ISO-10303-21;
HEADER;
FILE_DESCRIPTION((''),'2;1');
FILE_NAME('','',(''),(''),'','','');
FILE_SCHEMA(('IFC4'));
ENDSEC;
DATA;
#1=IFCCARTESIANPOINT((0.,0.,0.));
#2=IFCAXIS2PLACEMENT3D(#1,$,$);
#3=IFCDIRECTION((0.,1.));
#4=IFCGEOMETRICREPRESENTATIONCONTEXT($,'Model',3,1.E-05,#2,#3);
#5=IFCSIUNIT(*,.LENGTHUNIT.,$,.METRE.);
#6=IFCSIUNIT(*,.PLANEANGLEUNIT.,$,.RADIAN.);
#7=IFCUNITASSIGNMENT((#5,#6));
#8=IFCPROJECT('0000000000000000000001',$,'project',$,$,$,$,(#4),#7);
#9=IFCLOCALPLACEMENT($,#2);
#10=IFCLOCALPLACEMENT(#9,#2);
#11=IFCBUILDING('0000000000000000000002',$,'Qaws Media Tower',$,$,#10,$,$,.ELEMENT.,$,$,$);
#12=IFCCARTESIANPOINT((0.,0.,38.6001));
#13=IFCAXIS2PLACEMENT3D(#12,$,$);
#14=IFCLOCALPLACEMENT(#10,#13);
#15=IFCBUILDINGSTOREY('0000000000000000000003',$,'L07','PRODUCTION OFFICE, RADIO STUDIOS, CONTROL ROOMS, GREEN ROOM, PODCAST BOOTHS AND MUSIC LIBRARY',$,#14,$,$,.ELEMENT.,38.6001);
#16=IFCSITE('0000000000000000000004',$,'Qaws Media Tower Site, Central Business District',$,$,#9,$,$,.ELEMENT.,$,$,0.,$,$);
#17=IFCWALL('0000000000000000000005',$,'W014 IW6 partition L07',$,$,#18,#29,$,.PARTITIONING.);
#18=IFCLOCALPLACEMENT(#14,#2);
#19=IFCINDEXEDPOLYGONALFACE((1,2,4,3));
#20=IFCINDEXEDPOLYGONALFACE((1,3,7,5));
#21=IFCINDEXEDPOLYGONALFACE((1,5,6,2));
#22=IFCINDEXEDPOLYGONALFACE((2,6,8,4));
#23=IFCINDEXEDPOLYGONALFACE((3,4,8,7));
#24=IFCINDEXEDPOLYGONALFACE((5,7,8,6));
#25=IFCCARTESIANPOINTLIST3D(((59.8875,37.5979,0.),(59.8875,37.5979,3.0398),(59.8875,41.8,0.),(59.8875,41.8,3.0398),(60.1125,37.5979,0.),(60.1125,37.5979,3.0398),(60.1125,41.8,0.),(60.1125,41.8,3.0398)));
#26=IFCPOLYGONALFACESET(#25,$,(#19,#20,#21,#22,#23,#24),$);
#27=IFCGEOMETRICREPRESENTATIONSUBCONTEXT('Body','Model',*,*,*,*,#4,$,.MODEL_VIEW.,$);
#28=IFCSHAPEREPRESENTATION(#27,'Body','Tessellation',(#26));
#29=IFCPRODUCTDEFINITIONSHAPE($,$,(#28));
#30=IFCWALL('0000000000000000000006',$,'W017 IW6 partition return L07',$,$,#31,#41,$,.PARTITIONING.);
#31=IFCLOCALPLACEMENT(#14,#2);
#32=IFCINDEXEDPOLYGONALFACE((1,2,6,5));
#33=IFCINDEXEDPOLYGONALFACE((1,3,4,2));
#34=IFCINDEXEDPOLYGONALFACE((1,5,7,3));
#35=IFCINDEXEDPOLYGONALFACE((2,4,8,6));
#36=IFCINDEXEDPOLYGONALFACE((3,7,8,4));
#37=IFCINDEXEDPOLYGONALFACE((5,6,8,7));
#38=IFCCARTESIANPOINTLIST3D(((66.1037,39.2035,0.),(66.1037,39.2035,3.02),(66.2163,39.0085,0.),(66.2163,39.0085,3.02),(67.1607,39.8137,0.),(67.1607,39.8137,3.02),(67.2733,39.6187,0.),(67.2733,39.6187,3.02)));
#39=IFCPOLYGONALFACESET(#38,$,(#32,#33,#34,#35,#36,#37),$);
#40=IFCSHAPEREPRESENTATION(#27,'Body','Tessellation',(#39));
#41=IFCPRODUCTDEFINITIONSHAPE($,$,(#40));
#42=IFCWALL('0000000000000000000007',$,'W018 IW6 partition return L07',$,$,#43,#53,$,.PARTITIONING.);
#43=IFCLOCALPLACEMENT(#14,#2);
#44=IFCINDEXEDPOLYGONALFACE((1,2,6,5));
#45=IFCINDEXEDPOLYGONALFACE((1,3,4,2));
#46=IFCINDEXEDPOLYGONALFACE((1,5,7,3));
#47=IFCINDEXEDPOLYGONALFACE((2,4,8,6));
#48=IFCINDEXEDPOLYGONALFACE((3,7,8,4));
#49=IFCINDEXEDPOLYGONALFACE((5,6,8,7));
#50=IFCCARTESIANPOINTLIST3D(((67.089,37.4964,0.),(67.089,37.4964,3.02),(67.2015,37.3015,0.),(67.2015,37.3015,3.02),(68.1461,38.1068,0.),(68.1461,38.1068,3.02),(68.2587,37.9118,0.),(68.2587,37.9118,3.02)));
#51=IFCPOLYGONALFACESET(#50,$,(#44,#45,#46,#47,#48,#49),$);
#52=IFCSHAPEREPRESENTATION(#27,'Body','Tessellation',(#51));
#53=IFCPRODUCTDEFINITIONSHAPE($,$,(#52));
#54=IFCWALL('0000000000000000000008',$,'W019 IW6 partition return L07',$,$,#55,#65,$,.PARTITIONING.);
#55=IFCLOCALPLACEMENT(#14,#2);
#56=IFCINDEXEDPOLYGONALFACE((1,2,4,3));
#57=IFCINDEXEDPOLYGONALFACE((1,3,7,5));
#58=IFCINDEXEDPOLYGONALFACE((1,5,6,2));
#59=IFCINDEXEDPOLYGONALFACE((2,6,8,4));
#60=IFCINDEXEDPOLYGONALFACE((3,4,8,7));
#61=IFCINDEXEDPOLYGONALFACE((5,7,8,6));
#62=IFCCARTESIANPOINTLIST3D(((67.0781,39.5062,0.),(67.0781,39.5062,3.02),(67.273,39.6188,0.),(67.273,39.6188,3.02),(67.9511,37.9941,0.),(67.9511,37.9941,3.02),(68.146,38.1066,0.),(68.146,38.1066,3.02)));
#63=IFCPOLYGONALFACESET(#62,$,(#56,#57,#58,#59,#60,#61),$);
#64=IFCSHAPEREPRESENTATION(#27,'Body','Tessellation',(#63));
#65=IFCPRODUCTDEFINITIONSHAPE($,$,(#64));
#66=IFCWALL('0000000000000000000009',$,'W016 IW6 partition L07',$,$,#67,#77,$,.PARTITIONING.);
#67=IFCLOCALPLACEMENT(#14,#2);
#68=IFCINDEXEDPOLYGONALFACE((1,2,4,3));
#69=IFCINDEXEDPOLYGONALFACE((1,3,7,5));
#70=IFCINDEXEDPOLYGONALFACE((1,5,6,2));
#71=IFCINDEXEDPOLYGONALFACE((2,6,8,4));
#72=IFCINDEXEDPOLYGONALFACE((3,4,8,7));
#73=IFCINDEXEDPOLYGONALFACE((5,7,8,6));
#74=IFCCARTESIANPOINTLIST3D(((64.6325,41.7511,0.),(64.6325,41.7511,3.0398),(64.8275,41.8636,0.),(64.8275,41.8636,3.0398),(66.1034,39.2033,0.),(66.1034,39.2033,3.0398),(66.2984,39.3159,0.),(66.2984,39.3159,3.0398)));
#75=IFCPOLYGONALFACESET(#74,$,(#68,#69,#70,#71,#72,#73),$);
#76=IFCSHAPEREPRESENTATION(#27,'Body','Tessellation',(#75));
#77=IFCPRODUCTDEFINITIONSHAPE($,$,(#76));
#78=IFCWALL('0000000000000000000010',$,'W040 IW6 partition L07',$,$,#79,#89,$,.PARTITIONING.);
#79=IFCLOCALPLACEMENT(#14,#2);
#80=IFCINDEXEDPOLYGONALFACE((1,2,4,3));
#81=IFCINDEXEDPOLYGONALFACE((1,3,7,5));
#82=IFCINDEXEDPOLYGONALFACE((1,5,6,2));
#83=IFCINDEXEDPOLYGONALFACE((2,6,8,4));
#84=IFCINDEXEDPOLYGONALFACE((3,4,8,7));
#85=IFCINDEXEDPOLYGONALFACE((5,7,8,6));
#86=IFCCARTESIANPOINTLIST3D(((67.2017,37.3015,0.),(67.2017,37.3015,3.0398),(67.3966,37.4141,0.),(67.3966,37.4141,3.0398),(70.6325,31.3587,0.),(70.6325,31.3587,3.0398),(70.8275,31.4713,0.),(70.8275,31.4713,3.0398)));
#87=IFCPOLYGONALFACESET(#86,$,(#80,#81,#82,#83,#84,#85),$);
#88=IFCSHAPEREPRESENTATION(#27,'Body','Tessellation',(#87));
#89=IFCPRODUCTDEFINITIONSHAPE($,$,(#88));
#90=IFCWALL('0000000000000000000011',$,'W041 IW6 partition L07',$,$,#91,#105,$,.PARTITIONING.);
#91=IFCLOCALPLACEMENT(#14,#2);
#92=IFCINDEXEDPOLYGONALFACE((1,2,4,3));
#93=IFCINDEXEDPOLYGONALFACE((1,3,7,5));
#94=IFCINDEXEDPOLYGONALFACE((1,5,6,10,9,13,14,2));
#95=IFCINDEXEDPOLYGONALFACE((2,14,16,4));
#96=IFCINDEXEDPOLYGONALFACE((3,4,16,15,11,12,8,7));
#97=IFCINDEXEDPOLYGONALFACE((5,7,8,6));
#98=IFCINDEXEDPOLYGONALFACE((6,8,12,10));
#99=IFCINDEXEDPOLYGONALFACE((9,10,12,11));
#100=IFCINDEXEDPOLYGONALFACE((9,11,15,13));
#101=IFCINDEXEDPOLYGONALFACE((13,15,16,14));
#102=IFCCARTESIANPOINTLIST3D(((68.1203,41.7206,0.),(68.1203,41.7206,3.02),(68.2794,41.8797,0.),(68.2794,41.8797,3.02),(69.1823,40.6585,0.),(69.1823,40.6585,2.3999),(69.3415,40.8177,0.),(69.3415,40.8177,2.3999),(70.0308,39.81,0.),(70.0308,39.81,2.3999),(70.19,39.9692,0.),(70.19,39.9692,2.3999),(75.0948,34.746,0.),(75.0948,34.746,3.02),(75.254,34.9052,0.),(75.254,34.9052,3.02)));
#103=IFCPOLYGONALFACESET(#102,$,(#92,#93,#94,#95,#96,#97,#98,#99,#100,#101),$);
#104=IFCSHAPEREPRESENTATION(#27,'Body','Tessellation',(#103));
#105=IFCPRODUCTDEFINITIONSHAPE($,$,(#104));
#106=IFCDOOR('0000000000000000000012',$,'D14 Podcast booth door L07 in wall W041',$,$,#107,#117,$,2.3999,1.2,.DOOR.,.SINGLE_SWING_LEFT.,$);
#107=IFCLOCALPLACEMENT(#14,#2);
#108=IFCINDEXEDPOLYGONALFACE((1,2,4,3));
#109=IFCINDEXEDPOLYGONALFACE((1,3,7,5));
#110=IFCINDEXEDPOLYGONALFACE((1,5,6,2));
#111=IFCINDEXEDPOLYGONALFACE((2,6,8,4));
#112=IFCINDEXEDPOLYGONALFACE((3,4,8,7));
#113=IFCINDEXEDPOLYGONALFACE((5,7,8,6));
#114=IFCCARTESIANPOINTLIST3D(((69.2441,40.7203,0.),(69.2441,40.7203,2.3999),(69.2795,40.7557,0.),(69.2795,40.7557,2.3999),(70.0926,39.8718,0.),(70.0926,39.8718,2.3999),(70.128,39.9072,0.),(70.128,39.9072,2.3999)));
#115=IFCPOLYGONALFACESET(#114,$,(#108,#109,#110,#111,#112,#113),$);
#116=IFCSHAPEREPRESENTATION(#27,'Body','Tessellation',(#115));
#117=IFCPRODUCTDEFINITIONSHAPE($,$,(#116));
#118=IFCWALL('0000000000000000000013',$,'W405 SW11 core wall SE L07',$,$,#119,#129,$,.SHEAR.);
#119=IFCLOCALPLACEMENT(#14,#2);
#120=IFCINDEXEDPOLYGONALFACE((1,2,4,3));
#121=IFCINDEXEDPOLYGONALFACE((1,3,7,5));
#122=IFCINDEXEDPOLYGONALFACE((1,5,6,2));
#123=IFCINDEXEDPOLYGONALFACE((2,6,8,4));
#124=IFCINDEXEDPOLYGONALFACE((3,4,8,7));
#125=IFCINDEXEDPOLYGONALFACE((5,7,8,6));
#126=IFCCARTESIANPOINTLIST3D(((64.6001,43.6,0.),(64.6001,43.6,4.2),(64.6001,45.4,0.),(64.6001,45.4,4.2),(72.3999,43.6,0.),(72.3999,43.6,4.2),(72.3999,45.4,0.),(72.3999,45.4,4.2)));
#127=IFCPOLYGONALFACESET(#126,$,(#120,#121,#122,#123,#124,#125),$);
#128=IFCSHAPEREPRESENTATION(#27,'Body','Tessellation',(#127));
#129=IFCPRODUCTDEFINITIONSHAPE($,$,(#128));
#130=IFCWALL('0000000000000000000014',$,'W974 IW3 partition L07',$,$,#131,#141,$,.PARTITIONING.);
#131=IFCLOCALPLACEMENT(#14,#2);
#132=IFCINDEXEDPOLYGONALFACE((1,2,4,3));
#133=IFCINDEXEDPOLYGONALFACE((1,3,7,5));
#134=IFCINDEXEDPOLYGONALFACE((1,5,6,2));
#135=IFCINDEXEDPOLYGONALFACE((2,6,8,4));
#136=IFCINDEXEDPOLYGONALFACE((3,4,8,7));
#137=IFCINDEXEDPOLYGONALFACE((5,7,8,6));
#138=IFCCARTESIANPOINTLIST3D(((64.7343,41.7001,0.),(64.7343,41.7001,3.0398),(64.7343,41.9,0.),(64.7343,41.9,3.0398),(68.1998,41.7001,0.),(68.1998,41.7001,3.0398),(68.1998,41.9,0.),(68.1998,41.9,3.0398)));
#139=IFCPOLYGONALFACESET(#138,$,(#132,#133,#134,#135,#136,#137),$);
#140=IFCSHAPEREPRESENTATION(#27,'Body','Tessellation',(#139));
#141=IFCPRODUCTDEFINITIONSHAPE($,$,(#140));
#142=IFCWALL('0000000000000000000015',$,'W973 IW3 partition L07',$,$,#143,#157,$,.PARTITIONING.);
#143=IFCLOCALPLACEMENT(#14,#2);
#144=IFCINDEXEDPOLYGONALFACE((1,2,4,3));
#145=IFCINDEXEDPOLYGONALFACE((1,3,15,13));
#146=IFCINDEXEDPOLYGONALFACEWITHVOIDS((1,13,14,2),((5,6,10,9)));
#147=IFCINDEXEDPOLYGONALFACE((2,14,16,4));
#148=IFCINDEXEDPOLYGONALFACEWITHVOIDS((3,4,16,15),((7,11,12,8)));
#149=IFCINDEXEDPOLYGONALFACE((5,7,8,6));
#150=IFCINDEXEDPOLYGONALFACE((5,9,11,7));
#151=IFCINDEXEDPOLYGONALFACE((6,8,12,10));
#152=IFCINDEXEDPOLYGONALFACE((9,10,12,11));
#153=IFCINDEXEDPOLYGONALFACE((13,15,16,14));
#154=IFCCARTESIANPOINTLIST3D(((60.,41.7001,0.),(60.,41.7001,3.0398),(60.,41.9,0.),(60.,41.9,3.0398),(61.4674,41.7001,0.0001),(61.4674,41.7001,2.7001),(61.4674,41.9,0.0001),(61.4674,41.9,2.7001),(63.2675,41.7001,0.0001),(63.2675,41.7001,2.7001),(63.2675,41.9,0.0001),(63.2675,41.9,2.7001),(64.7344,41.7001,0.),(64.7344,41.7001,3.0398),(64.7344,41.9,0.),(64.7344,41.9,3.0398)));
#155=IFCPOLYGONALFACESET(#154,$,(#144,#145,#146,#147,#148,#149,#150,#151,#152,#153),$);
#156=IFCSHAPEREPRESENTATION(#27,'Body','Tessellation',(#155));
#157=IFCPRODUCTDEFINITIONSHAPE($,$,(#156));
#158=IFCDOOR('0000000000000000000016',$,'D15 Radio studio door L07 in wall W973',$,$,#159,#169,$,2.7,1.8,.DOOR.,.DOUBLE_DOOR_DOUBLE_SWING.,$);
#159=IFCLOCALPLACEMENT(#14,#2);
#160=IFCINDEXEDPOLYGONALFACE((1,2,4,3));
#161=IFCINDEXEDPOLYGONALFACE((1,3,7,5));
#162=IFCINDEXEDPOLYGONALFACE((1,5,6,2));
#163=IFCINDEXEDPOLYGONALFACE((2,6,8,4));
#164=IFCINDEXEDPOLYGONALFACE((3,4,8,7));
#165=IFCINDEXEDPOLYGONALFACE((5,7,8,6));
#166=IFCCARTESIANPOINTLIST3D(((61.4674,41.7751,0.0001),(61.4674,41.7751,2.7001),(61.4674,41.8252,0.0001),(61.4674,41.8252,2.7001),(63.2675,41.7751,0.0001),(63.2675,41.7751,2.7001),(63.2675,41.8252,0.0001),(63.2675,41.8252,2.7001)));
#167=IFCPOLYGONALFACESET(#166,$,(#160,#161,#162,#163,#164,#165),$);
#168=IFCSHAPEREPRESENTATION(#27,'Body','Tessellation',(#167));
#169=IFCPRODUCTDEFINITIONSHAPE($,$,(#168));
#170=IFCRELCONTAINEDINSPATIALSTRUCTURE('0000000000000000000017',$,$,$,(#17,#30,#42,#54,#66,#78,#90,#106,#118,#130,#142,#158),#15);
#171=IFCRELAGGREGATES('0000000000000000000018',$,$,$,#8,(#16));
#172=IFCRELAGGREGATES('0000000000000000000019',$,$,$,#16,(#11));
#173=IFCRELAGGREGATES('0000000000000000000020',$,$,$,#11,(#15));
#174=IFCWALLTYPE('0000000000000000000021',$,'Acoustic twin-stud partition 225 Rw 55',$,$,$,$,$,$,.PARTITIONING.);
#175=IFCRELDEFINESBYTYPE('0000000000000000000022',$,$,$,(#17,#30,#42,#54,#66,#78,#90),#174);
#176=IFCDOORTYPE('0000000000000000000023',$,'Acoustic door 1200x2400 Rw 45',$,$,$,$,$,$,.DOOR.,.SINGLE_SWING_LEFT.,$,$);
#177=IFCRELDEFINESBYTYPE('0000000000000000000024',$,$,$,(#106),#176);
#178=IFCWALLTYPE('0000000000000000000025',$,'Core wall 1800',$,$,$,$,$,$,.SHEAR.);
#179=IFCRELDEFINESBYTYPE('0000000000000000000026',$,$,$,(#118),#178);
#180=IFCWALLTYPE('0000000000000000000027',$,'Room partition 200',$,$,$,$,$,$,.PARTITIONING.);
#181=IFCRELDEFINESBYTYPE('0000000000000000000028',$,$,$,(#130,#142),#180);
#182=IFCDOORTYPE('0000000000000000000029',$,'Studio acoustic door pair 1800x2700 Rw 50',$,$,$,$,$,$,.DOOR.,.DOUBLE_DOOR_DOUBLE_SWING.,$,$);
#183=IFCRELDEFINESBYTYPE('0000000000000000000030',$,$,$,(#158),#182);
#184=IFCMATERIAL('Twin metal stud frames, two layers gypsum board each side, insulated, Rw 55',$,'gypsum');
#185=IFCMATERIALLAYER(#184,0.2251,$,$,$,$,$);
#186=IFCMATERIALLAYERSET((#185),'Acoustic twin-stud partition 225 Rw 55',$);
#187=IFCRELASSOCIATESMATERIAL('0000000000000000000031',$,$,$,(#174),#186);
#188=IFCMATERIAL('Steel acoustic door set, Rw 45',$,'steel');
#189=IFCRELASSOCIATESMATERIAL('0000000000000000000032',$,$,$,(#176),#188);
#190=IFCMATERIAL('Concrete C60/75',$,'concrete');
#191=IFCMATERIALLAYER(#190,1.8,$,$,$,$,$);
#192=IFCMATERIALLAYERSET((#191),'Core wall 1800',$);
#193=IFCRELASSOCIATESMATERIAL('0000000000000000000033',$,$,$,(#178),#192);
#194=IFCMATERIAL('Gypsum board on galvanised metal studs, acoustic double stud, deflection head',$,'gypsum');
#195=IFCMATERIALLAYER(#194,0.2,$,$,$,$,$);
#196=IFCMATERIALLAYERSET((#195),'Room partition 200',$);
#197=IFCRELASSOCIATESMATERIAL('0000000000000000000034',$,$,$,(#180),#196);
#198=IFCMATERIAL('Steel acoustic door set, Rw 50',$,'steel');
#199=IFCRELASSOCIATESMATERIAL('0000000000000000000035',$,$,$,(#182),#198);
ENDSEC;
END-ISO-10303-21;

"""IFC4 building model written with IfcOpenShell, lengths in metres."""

from ifc_helpers import new_model, si_unit, direction, frame, frame_2d, origin, place, context, subcontext, project, spatial, rectangle, extrude, material, layer, layer_set, type_object, element, fill, save


model = new_model("IFC4")

# Units and contexts
model_context = context("Model", 3, precision=1e-05, world=origin(), true_north=direction((0.0, 1.0)))
body_context = subcontext(model_context, "Body", "Model", "MODEL_VIEW")
ifc_project = project(units=[si_unit("LENGTHUNIT", "METRE"), si_unit("PLANEANGLEUNIT", "RADIAN")], contexts=[model_context])

# Site, building, storey
site_placement = place(None, origin())
site = spatial("IfcSite", under=ifc_project, at=site_placement, Name="Qaws Media Tower Site, Central Business District", CompositionType="ELEMENT", RefElevation=0.0)
building_placement = place(site_placement, origin())
building = spatial("IfcBuilding", under=site, at=building_placement, Name="Qaws Media Tower", CompositionType="ELEMENT")
storey_placement = place(building_placement, frame((0.0, 0.0, 38.6001)))
storey = spatial("IfcBuildingStorey", under=building, at=storey_placement, Name="L07", Description="PRODUCTION OFFICE, RADIO STUDIOS, CONTROL ROOMS, GREEN ROOM, PODCAST BOOTHS AND MUSIC LIBRARY", CompositionType="ELEMENT", Elevation=38.6001)

# Walls
ifc_material_1 = material(Name="Twin metal stud frames, two layers gypsum board each side, insulated, Rw 55", Category="gypsum")
ifc_layer_1 = layer(ifc_material_1, 0.2251)
ifc_layer_set_1 = layer_set([ifc_layer_1], Name="Acoustic twin-stud partition 225 Rw 55")
wall_type_1 = type_object("IfcWallType", Name="Acoustic twin-stud partition 225 Rw 55", PredefinedType="PARTITIONING", material=ifc_layer_set_1)
wall_1_placement = place(storey_placement, frame((60.0, 41.8, 0.0), z_axis=(0.0, 0.0, 1.0), x_axis=(0.0, -1.0, 0.0)))
element("IfcWall", 1, at=wall_1_placement, inside=storey, type_object=wall_type_1, Name="W014 IW6 partition L07", PredefinedType="PARTITIONING", context=body_context, shape_type="SweptSolid", body=[
    extrude(rectangle(XDim=4.2021, YDim=0.2251, at=frame_2d((2.1011, 0.0))), origin(), (0.0, 0.0, 1.0), 3.0398),
])
wall_2_placement = place(storey_placement, frame((66.1599, 39.106, 0.0), z_axis=(0.0, 0.0, 1.0), x_axis=(0.866056, 0.499948, 0.0)))
element("IfcWall", 2, at=wall_2_placement, inside=storey, type_object=wall_type_1, Name="W017 IW6 partition return L07", PredefinedType="PARTITIONING", context=body_context, shape_type="SweptSolid", body=[
    extrude(rectangle(XDim=1.2205, YDim=0.2251, at=frame_2d((0.6104, 0.0))), origin(), (0.0, 0.0, 1.0), 3.02),
])
wall_3_placement = place(storey_placement, frame((67.1453, 37.3989, 0.0), z_axis=(0.0, 0.0, 1.0), x_axis=(0.866019, 0.500011, 0.0)))
element("IfcWall", 3, at=wall_3_placement, inside=storey, type_object=wall_type_1, Name="W018 IW6 partition return L07", PredefinedType="PARTITIONING", context=body_context, shape_type="SweptSolid", body=[
    extrude(rectangle(XDim=1.2207, YDim=0.2251, at=frame_2d((0.6104, 0.0))), origin(), (0.0, 0.0, 1.0), 3.02),
])
wall_4_placement = place(storey_placement, frame((67.1755, 39.5625, 0.0), z_axis=(0.0, 0.0, 1.0), x_axis=(0.499989, -0.866032, 0.0)))
element("IfcWall", 4, at=wall_4_placement, inside=storey, type_object=wall_type_1, Name="W019 IW6 partition return L07", PredefinedType="PARTITIONING", context=body_context, shape_type="SweptSolid", body=[
    extrude(rectangle(XDim=1.7461, YDim=0.2251, at=frame_2d((0.873, 0.0))), origin(), (0.0, 0.0, 1.0), 3.02),
])
wall_5_placement = place(storey_placement, frame((64.73, 41.8074, 0.0), z_axis=(0.0, 0.0, 1.0), x_axis=(0.499986, -0.866034, 0.0)))
element("IfcWall", 5, at=wall_5_placement, inside=storey, type_object=wall_type_1, Name="W016 IW6 partition L07", PredefinedType="PARTITIONING", context=body_context, shape_type="SweptSolid", body=[
    extrude(rectangle(XDim=2.9419, YDim=0.2251, at=frame_2d((1.4709, 0.0))), origin(), (0.0, 0.0, 1.0), 3.0398),
])
wall_6_placement = place(storey_placement, frame((67.2991, 37.3579, 0.0), z_axis=(0.0, 0.0, 1.0), x_axis=(0.499977, -0.866039, 0.0)))
element("IfcWall", 6, at=wall_6_placement, inside=storey, type_object=wall_type_1, Name="W040 IW6 partition L07", PredefinedType="PARTITIONING", context=body_context, shape_type="SweptSolid", body=[
    extrude(rectangle(XDim=6.8621, YDim=0.2251, at=frame_2d((3.4312, 0.0))), origin(), (0.0, 0.0, 1.0), 3.0398),
])

# Wall, opening, door
wall_7_placement = place(storey_placement, frame((68.2, 41.8, 0.0), z_axis=(0.0, 0.0, 1.0), x_axis=(0.707107, -0.707107, 0.0)))
wall_7 = element("IfcWall", 7, at=wall_7_placement, inside=storey, type_object=wall_type_1, Name="W041 IW6 partition L07", PredefinedType="PARTITIONING", context=body_context, shape_type="SweptSolid", body=[
    extrude(rectangle(XDim=9.8635, YDim=0.2251, at=frame_2d((4.9316, 0.0))), origin(), (0.0, 0.0, 1.0), 3.02),
])
opening_1_placement = place(wall_7_placement, frame((1.5017, 0.0, 0.0)))
opening_1 = element("IfcOpeningElement", 8, at=opening_1_placement, cuts=wall_7, PredefinedType="OPENING", context=body_context, shape_type="SweptSolid", body=[
    extrude(rectangle(XDim=1.2, YDim=2.3999, at=frame_2d((0.6001, 1.2))), frame((0.0, 0.1226, 0.0), z_axis=(0.0, -1.0, 0.0), x_axis=(1.0, 0.0, 0.0)), (0.0, 0.0, 1.0), 0.2451),
])
ifc_material_2 = material(Name="Steel acoustic door set, Rw 45", Category="steel")
door_type_1 = type_object("IfcDoorType", Name="Acoustic door 1200x2400 Rw 45", OperationType="SINGLE_SWING_LEFT", PredefinedType="DOOR", material=ifc_material_2)
door_1_placement = place(opening_1_placement, origin())
door_1 = element("IfcDoor", 9, at=door_1_placement, inside=storey, type_object=door_type_1, Name="D14 Podcast booth door L07 in wall W041", OperationType="SINGLE_SWING_LEFT", OverallHeight=2.3999, OverallWidth=1.2, PredefinedType="DOOR", context=body_context, shape_type="SweptSolid", body=[
    extrude(rectangle(XDim=1.2, YDim=2.3999, at=frame_2d((0.6001, 1.2))), frame((0.0, 0.0249, 0.0), z_axis=(0.0, -1.0, 0.0), x_axis=(1.0, 0.0, 0.0)), (0.0, 0.0, 1.0), 0.05),
])
fill(opening_1, door_1)

# Walls
ifc_material_3 = material(Name="Concrete C60/75", Category="concrete")
ifc_layer_2 = layer(ifc_material_3, 1.8)
ifc_layer_set_2 = layer_set([ifc_layer_2], Name="Core wall 1800")
wall_type_2 = type_object("IfcWallType", Name="Core wall 1800", PredefinedType="SHEAR", material=ifc_layer_set_2)
wall_8_placement = place(storey_placement, frame((64.6001, 44.5, 0.0), z_axis=(0.0, 0.0, 1.0), x_axis=(1.0, 0.0, 0.0)))
element("IfcWall", 10, at=wall_8_placement, inside=storey, type_object=wall_type_2, Name="W405 SW11 core wall SE L07", PredefinedType="SHEAR", context=body_context, shape_type="SweptSolid", body=[
    extrude(rectangle(XDim=7.7998, YDim=1.8, at=frame_2d((3.8999, 0.0))), origin(), (0.0, 0.0, 1.0), 4.2),
])
ifc_material_4 = material(Name="Gypsum board on galvanised metal studs, acoustic double stud, deflection head", Category="gypsum")
ifc_layer_3 = layer(ifc_material_4, 0.2)
ifc_layer_set_3 = layer_set([ifc_layer_3], Name="Room partition 200")
wall_type_3 = type_object("IfcWallType", Name="Room partition 200", PredefinedType="PARTITIONING", material=ifc_layer_set_3)
wall_9_placement = place(storey_placement, frame((68.2, 41.8, 0.0), z_axis=(0.0, 0.0, 1.0), x_axis=(-1.0, 0.0, 0.0)))
element("IfcWall", 11, at=wall_9_placement, inside=storey, type_object=wall_type_3, Name="W974 IW3 partition L07", PredefinedType="PARTITIONING", context=body_context, shape_type="SweptSolid", body=[
    extrude(rectangle(XDim=3.4656, YDim=0.2, at=frame_2d((1.7329, 0.0))), origin(), (0.0, 0.0, 1.0), 3.0398),
])

# Wall, opening, door
wall_10_placement = place(storey_placement, frame((64.7344, 41.8, 0.0), z_axis=(0.0, 0.0, 1.0), x_axis=(-1.0, 0.0, 0.0)))
wall_10 = element("IfcWall", 12, at=wall_10_placement, inside=storey, type_object=wall_type_3, Name="W973 IW3 partition L07", PredefinedType="PARTITIONING", context=body_context, shape_type="SweptSolid", body=[
    extrude(rectangle(XDim=4.7344, YDim=0.2, at=frame_2d((2.3672, 0.0))), origin(), (0.0, 0.0, 1.0), 3.0398),
])
opening_2_placement = place(wall_10_placement, frame((1.467, 0.0, 0.0)))
opening_2 = element("IfcOpeningElement", 13, at=opening_2_placement, cuts=wall_10, PredefinedType="OPENING", context=body_context, shape_type="SweptSolid", body=[
    extrude(rectangle(XDim=1.8, YDim=2.7, at=frame_2d((0.8999, 1.3501))), frame((0.0, 0.1099, 0.0), z_axis=(0.0, -1.0, 0.0), x_axis=(1.0, 0.0, 0.0)), (0.0, 0.0, 1.0), 0.22),
])
ifc_material_5 = material(Name="Steel acoustic door set, Rw 50", Category="steel")
door_type_2 = type_object("IfcDoorType", Name="Studio acoustic door pair 1800x2700 Rw 50", OperationType="DOUBLE_DOOR_DOUBLE_SWING", PredefinedType="DOOR", material=ifc_material_5)
door_2_placement = place(opening_2_placement, origin())
door_2 = element("IfcDoor", 14, at=door_2_placement, inside=storey, type_object=door_type_2, Name="D15 Radio studio door L07 in wall W973", OperationType="DOUBLE_DOOR_DOUBLE_SWING", OverallHeight=2.7, OverallWidth=1.8, PredefinedType="DOOR", context=body_context, shape_type="SweptSolid", body=[
    extrude(rectangle(XDim=1.8, YDim=2.7, at=frame_2d((0.8999, 1.3501))), frame((0.0, 0.0249, 0.0), z_axis=(0.0, -1.0, 0.0), x_axis=(1.0, 0.0, 0.0)), (0.0, 0.0, 1.0), 0.05),
])
fill(opening_2, door_2)

save(model, "model.ifc")
